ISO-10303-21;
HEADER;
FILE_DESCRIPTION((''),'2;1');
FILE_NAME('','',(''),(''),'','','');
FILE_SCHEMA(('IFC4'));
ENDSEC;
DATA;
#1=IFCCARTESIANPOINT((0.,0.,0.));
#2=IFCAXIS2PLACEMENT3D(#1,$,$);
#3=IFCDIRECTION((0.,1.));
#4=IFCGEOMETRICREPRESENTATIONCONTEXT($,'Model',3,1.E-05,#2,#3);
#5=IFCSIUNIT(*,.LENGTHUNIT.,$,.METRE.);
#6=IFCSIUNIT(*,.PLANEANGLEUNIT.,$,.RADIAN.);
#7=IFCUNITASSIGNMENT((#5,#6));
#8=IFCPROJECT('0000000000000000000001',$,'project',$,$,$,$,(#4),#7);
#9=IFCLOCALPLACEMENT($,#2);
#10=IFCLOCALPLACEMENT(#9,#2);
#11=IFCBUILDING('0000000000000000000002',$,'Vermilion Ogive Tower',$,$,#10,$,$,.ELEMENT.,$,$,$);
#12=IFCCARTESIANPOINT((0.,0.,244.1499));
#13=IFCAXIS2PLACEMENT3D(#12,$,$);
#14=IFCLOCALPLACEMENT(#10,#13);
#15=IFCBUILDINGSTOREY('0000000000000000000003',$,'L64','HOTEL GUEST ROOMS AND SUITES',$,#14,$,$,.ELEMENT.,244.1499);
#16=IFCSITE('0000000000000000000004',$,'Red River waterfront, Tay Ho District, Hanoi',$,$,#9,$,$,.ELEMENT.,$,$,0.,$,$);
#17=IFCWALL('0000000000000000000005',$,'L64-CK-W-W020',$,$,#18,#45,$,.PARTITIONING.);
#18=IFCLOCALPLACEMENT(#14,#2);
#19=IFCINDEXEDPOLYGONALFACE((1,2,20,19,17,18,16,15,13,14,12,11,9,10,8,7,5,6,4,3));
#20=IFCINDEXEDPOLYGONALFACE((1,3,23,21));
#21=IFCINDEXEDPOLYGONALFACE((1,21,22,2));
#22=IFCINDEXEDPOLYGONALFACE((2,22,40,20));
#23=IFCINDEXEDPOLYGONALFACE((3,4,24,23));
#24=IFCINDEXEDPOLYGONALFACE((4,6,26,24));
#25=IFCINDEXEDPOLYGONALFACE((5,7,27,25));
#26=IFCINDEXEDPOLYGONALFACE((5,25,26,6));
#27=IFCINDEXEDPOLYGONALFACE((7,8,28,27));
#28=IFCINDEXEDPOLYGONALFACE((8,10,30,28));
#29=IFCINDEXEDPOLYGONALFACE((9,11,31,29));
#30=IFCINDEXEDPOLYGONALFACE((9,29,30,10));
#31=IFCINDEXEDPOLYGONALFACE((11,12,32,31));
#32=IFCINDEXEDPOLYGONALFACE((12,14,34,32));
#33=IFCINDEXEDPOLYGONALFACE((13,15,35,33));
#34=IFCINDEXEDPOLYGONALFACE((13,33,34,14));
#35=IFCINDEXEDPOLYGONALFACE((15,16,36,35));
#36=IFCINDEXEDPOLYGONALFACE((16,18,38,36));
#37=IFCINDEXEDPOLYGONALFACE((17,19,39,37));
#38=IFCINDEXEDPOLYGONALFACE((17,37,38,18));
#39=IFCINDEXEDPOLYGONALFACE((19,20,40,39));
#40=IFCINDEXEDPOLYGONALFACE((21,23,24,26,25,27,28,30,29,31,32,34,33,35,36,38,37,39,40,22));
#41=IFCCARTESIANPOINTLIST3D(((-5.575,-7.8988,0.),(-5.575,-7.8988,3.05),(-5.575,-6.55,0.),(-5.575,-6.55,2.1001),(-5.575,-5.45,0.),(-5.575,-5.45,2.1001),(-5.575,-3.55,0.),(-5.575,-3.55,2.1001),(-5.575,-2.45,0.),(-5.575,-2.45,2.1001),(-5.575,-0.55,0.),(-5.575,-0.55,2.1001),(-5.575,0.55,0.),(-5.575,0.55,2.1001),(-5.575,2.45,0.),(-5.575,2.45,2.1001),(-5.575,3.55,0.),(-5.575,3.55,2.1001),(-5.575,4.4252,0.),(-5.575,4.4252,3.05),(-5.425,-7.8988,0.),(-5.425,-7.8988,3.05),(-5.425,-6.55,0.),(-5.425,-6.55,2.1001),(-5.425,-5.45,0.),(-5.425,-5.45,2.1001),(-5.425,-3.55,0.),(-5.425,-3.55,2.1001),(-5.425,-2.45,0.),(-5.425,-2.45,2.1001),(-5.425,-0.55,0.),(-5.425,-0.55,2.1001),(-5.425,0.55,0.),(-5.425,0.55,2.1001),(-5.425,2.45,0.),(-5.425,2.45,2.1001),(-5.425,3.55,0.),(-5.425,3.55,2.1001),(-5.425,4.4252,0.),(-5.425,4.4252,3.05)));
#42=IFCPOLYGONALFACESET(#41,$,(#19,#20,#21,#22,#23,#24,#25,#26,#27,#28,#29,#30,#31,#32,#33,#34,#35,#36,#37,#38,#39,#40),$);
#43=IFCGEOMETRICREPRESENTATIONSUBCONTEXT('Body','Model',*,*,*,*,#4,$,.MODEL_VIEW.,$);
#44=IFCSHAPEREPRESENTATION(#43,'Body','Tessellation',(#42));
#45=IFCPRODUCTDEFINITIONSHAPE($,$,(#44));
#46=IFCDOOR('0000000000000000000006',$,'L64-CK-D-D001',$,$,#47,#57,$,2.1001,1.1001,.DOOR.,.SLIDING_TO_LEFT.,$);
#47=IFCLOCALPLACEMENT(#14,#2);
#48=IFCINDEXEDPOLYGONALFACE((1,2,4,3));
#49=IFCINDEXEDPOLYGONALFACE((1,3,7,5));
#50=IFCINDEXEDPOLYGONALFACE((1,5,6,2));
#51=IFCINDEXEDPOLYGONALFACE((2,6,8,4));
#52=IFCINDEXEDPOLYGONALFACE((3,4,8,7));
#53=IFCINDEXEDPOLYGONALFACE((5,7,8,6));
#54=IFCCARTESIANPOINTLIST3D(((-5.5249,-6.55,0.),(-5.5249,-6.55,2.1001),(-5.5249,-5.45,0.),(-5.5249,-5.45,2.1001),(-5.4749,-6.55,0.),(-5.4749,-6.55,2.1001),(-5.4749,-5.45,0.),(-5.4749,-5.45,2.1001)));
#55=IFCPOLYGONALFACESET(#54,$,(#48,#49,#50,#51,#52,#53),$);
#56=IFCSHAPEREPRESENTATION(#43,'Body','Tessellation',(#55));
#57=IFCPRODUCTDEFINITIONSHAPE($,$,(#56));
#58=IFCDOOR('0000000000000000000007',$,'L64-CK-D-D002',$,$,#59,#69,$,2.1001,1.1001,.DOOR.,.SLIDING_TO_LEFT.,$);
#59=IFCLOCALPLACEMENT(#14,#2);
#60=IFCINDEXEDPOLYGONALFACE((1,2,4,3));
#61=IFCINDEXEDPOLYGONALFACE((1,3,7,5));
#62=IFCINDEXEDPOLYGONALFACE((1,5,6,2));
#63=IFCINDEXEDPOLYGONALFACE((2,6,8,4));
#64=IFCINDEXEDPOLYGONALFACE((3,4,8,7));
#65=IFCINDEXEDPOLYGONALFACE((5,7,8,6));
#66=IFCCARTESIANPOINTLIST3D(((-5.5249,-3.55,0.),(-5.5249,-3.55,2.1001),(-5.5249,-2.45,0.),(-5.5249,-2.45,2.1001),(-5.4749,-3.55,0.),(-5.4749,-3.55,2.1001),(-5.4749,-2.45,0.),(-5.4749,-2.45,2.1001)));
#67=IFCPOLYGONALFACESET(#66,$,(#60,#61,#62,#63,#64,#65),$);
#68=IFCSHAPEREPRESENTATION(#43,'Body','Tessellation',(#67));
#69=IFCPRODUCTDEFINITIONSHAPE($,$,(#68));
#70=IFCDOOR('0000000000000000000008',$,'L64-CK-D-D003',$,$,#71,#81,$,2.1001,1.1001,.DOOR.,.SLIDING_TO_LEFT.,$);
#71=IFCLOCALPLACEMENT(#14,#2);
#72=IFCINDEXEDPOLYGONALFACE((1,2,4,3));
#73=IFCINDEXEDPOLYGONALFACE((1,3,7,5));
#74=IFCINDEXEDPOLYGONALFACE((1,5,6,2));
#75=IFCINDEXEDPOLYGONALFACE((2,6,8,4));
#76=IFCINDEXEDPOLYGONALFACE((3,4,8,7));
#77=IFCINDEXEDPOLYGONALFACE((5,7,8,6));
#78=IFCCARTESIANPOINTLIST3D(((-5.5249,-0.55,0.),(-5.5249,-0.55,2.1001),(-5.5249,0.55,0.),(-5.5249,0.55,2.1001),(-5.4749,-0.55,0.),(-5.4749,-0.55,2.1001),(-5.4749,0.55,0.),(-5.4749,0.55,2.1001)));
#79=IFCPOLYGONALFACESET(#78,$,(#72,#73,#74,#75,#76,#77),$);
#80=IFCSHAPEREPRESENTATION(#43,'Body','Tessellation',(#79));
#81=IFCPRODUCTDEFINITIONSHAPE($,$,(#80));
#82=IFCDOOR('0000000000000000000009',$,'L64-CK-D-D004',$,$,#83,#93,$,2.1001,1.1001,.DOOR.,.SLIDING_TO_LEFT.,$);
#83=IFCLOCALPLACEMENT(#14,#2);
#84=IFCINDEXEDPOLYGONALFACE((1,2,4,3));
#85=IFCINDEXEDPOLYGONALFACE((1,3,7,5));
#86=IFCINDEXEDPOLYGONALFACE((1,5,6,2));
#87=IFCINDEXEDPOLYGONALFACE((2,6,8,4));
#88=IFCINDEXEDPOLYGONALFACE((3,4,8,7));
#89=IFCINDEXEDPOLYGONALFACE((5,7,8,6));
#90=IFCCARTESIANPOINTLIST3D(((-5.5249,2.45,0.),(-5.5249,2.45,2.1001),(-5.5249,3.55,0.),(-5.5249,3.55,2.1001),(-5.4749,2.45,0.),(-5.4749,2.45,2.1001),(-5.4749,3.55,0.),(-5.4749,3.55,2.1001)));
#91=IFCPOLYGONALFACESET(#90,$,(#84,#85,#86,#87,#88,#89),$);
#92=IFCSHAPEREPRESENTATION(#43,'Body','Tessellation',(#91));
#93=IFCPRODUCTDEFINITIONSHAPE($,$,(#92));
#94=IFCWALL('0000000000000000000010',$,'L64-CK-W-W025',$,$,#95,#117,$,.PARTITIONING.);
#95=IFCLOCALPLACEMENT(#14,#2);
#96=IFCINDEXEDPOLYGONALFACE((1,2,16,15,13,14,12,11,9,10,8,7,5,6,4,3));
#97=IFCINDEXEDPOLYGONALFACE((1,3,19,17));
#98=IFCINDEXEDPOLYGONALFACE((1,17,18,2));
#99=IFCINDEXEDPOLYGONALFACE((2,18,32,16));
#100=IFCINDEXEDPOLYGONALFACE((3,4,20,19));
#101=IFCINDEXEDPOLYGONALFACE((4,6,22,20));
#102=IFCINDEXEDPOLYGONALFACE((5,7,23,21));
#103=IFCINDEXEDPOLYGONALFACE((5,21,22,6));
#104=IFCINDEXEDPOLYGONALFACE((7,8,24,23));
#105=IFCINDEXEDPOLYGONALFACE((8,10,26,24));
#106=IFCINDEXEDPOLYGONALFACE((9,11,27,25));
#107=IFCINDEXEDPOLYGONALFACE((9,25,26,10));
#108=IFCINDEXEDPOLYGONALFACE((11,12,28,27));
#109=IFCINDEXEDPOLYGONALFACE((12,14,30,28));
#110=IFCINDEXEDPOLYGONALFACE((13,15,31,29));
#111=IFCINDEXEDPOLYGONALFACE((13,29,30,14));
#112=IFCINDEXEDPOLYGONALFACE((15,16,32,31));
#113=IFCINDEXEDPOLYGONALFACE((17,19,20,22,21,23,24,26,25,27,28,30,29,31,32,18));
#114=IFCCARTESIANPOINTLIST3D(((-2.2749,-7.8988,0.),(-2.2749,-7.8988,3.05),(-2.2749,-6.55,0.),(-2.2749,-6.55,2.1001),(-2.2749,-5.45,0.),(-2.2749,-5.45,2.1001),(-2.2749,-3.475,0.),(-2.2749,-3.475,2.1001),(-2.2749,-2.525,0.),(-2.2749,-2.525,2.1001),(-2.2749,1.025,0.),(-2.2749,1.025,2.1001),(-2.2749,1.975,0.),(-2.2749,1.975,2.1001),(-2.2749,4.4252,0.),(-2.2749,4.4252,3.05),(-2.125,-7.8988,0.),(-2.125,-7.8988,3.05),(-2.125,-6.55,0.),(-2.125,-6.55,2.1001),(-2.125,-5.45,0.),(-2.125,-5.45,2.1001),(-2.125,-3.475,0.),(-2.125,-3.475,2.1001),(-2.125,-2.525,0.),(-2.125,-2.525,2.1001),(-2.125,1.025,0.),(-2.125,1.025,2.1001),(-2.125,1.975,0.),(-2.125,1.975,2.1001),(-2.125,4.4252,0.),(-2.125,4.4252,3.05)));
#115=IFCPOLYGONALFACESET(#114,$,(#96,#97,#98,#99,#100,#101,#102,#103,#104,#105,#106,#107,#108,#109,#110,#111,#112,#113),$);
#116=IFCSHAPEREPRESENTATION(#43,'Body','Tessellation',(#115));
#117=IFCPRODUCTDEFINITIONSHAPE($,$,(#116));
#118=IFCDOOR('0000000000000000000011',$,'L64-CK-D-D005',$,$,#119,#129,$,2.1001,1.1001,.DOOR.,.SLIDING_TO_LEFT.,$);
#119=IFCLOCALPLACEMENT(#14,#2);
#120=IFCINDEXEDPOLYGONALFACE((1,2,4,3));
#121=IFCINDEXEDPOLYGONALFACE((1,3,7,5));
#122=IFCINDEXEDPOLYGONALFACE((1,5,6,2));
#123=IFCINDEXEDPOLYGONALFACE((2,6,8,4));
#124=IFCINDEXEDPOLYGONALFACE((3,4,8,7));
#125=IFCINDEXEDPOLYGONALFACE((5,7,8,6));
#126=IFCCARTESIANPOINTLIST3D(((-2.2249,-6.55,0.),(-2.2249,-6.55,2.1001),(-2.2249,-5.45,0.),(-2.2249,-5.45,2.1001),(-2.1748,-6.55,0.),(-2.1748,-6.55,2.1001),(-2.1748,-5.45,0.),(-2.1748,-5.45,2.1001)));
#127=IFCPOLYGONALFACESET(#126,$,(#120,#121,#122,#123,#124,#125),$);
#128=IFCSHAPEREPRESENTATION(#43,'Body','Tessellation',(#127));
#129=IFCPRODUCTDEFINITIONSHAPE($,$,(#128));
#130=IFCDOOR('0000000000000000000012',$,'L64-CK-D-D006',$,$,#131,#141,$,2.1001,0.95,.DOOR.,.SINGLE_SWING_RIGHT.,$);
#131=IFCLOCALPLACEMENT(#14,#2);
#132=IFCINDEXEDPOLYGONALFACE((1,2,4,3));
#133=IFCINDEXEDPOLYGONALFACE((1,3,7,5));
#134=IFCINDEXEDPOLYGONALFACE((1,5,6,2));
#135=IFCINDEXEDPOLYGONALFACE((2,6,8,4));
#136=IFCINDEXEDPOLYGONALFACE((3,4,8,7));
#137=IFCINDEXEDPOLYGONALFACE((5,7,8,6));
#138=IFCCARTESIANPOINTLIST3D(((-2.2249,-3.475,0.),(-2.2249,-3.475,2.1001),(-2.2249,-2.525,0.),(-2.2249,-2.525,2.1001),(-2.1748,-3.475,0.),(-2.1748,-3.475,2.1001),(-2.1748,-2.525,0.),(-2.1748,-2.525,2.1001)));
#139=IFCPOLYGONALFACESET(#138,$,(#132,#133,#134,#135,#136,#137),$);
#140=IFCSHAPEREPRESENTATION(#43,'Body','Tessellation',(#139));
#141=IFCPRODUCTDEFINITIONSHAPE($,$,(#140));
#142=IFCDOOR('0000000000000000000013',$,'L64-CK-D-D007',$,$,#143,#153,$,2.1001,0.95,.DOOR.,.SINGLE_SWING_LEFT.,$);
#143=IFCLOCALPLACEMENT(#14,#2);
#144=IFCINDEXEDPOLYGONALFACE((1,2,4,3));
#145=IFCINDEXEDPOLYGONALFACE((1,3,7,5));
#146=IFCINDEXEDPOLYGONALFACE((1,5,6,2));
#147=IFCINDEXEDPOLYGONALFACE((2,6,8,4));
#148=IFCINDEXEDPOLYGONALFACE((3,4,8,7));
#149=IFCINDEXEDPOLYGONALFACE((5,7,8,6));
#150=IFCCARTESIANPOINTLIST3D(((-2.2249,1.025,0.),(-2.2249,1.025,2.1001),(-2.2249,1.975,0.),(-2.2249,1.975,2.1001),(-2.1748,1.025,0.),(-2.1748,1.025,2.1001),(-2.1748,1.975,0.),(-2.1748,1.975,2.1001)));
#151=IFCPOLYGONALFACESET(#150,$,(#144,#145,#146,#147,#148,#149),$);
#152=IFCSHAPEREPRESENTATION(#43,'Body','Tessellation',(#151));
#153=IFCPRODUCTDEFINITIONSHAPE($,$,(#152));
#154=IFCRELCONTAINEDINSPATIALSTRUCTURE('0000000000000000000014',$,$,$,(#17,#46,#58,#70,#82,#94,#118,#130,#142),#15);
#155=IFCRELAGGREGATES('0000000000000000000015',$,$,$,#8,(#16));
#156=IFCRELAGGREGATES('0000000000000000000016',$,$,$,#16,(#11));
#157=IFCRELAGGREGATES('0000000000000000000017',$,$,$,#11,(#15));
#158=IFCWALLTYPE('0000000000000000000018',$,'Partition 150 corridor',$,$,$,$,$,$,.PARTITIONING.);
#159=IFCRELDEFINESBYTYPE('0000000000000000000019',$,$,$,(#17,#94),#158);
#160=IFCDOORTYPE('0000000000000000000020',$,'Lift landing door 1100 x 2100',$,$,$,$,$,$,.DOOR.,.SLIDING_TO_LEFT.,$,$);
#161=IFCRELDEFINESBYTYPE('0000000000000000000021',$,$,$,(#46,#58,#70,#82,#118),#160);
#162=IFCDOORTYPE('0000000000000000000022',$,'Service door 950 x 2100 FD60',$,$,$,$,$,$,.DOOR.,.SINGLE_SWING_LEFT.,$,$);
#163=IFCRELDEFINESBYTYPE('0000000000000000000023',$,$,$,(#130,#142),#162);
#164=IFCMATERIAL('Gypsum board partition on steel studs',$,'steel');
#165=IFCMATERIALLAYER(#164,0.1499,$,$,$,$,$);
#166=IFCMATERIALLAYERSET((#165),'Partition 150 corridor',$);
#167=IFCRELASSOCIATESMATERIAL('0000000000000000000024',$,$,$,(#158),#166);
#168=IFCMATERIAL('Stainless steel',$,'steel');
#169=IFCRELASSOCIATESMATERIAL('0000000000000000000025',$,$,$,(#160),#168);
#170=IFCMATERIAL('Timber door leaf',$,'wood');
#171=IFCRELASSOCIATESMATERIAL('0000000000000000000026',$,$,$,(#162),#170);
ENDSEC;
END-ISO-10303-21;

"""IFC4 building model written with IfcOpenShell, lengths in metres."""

from ifc_helpers import new_model, si_unit, direction, frame, frame_2d, origin, place, context, subcontext, project, spatial, rectangle, extrude, material, layer, layer_set, type_object, element, fill, save


model = new_model("IFC4")

# Units and contexts
model_context = context("Model", 3, precision=1e-05, world=origin(), true_north=direction((0.0, 1.0)))
body_context = subcontext(model_context, "Body", "Model", "MODEL_VIEW")
ifc_project = project(units=[si_unit("LENGTHUNIT", "METRE"), si_unit("PLANEANGLEUNIT", "RADIAN")], contexts=[model_context])

# Site, building, storey
site_placement = place(None, origin())
site = spatial("IfcSite", under=ifc_project, at=site_placement, Name="Red River waterfront, Tay Ho District, Hanoi", CompositionType="ELEMENT", RefElevation=0.0)
building_placement = place(site_placement, origin())
building = spatial("IfcBuilding", under=site, at=building_placement, Name="Vermilion Ogive Tower", CompositionType="ELEMENT")
storey_placement = place(building_placement, frame((0.0, 0.0, 244.1499)))
storey = spatial("IfcBuildingStorey", under=building, at=storey_placement, Name="L64", Description="HOTEL GUEST ROOMS AND SUITES", CompositionType="ELEMENT", Elevation=244.1499)

# Walls, openings, doors
ifc_material_1 = material(Name="Gypsum board partition on steel studs", Category="steel")
ifc_layer_1 = layer(ifc_material_1, 0.1499)
ifc_layer_set_1 = layer_set([ifc_layer_1], Name="Partition 150 corridor")
wall_type_1 = type_object("IfcWallType", Name="Partition 150 corridor", PredefinedType="PARTITIONING", material=ifc_layer_set_1)
wall_1_placement = place(storey_placement, frame((-5.5, -7.8989, 0.0), z_axis=(0.0, 0.0, 1.0), x_axis=(0.0, 1.0, 0.0)))
wall_1 = element("IfcWall", 1, at=wall_1_placement, inside=storey, type_object=wall_type_1, Name="L64-CK-W-W020", PredefinedType="PARTITIONING", context=body_context, shape_type="SweptSolid", body=[
    extrude(rectangle(XDim=12.324, YDim=0.1499, at=frame_2d((6.1621, 0.0))), origin(), (0.0, 0.0, 1.0), 3.05),
])
opening_1_placement = place(wall_1_placement, frame((1.3489, 0.0, 0.0)))
opening_1 = element("IfcOpeningElement", 2, at=opening_1_placement, cuts=wall_1, PredefinedType="OPENING", context=body_context, shape_type="SweptSolid", body=[
    extrude(rectangle(XDim=1.1001, YDim=2.1001, at=frame_2d((0.55, 1.05))), frame((0.0, 0.085, 0.0), z_axis=(0.0, -1.0, 0.0), x_axis=(1.0, 0.0, 0.0)), (0.0, 0.0, 1.0), 0.1699),
])
opening_2_placement = place(wall_1_placement, frame((4.3489, 0.0, 0.0)))
opening_2 = element("IfcOpeningElement", 3, at=opening_2_placement, cuts=wall_1, PredefinedType="OPENING", context=body_context, shape_type="SweptSolid", body=[
    extrude(rectangle(XDim=1.1001, YDim=2.1001, at=frame_2d((0.55, 1.05))), frame((0.0, 0.085, 0.0), z_axis=(0.0, -1.0, 0.0), x_axis=(1.0, 0.0, 0.0)), (0.0, 0.0, 1.0), 0.1699),
])
opening_3_placement = place(wall_1_placement, frame((7.3489, 0.0, 0.0)))
opening_3 = element("IfcOpeningElement", 4, at=opening_3_placement, cuts=wall_1, PredefinedType="OPENING", context=body_context, shape_type="SweptSolid", body=[
    extrude(rectangle(XDim=1.1001, YDim=2.1001, at=frame_2d((0.55, 1.05))), frame((0.0, 0.085, 0.0), z_axis=(0.0, -1.0, 0.0), x_axis=(1.0, 0.0, 0.0)), (0.0, 0.0, 1.0), 0.1699),
])
opening_4_placement = place(wall_1_placement, frame((10.3489, 0.0, 0.0)))
opening_4 = element("IfcOpeningElement", 5, at=opening_4_placement, cuts=wall_1, PredefinedType="OPENING", context=body_context, shape_type="SweptSolid", body=[
    extrude(rectangle(XDim=1.1001, YDim=2.1001, at=frame_2d((0.55, 1.05))), frame((0.0, 0.085, 0.0), z_axis=(0.0, -1.0, 0.0), x_axis=(1.0, 0.0, 0.0)), (0.0, 0.0, 1.0), 0.1699),
])
ifc_material_2 = material(Name="Stainless steel", Category="steel")
door_type_1 = type_object("IfcDoorType", Name="Lift landing door 1100 x 2100", OperationType="SLIDING_TO_LEFT", PredefinedType="DOOR", material=ifc_material_2)
door_1_placement = place(opening_1_placement, origin())
door_1 = element("IfcDoor", 6, at=door_1_placement, inside=storey, type_object=door_type_1, Name="L64-CK-D-D001", OperationType="SLIDING_TO_LEFT", OverallHeight=2.1001, OverallWidth=1.1001, PredefinedType="DOOR", context=body_context, shape_type="SweptSolid", body=[
    extrude(rectangle(XDim=1.1001, YDim=2.1001, at=frame_2d((0.55, 1.05))), frame((0.0, 0.0249, 0.0), z_axis=(0.0, -1.0, 0.0), x_axis=(1.0, 0.0, 0.0)), (0.0, 0.0, 1.0), 0.05),
])
fill(opening_1, door_1)
door_2_placement = place(opening_2_placement, origin())
door_2 = element("IfcDoor", 7, at=door_2_placement, inside=storey, type_object=door_type_1, Name="L64-CK-D-D002", OperationType="SLIDING_TO_LEFT", OverallHeight=2.1001, OverallWidth=1.1001, PredefinedType="DOOR", context=body_context, shape_type="SweptSolid", body=[
    extrude(rectangle(XDim=1.1001, YDim=2.1001, at=frame_2d((0.55, 1.05))), frame((0.0, 0.0249, 0.0), z_axis=(0.0, -1.0, 0.0), x_axis=(1.0, 0.0, 0.0)), (0.0, 0.0, 1.0), 0.05),
])
fill(opening_2, door_2)
door_3_placement = place(opening_3_placement, origin())
door_3 = element("IfcDoor", 8, at=door_3_placement, inside=storey, type_object=door_type_1, Name="L64-CK-D-D003", OperationType="SLIDING_TO_LEFT", OverallHeight=2.1001, OverallWidth=1.1001, PredefinedType="DOOR", context=body_context, shape_type="SweptSolid", body=[
    extrude(rectangle(XDim=1.1001, YDim=2.1001, at=frame_2d((0.55, 1.05))), frame((0.0, 0.0249, 0.0), z_axis=(0.0, -1.0, 0.0), x_axis=(1.0, 0.0, 0.0)), (0.0, 0.0, 1.0), 0.05),
])
fill(opening_3, door_3)
door_4_placement = place(opening_4_placement, origin())
door_4 = element("IfcDoor", 9, at=door_4_placement, inside=storey, type_object=door_type_1, Name="L64-CK-D-D004", OperationType="SLIDING_TO_LEFT", OverallHeight=2.1001, OverallWidth=1.1001, PredefinedType="DOOR", context=body_context, shape_type="SweptSolid", body=[
    extrude(rectangle(XDim=1.1001, YDim=2.1001, at=frame_2d((0.55, 1.05))), frame((0.0, 0.0249, 0.0), z_axis=(0.0, -1.0, 0.0), x_axis=(1.0, 0.0, 0.0)), (0.0, 0.0, 1.0), 0.05),
])
fill(opening_4, door_4)
wall_2_placement = place(storey_placement, frame((-2.2, -7.8989, 0.0), z_axis=(0.0, 0.0, 1.0), x_axis=(0.0, 1.0, 0.0)))
wall_2 = element("IfcWall", 10, at=wall_2_placement, inside=storey, type_object=wall_type_1, Name="L64-CK-W-W025", PredefinedType="PARTITIONING", context=body_context, shape_type="SweptSolid", body=[
    extrude(rectangle(XDim=12.324, YDim=0.1499, at=frame_2d((6.1621, 0.0))), origin(), (0.0, 0.0, 1.0), 3.05),
])
opening_5_placement = place(wall_2_placement, frame((1.3489, 0.0, 0.0)))
opening_5 = element("IfcOpeningElement", 11, at=opening_5_placement, cuts=wall_2, PredefinedType="OPENING", context=body_context, shape_type="SweptSolid", body=[
    extrude(rectangle(XDim=1.1001, YDim=2.1001, at=frame_2d((0.55, 1.05))), frame((0.0, 0.085, 0.0), z_axis=(0.0, -1.0, 0.0), x_axis=(1.0, 0.0, 0.0)), (0.0, 0.0, 1.0), 0.1699),
])
opening_6_placement = place(wall_2_placement, frame((4.4238, 0.0, 0.0)))
opening_6 = element("IfcOpeningElement", 12, at=opening_6_placement, cuts=wall_2, PredefinedType="OPENING", context=body_context, shape_type="SweptSolid", body=[
    extrude(rectangle(XDim=0.95, YDim=2.1001, at=frame_2d((0.4751, 1.05))), frame((0.0, 0.085, 0.0), z_axis=(0.0, -1.0, 0.0), x_axis=(1.0, 0.0, 0.0)), (0.0, 0.0, 1.0), 0.1699),
])
opening_7_placement = place(wall_2_placement, frame((8.9238, 0.0, 0.0)))
opening_7 = element("IfcOpeningElement", 13, at=opening_7_placement, cuts=wall_2, PredefinedType="OPENING", context=body_context, shape_type="SweptSolid", body=[
    extrude(rectangle(XDim=0.95, YDim=2.1001, at=frame_2d((0.4751, 1.05))), frame((0.0, 0.085, 0.0), z_axis=(0.0, -1.0, 0.0), x_axis=(1.0, 0.0, 0.0)), (0.0, 0.0, 1.0), 0.1699),
])
door_5_placement = place(opening_5_placement, origin())
door_5 = element("IfcDoor", 14, at=door_5_placement, inside=storey, type_object=door_type_1, Name="L64-CK-D-D005", OperationType="SLIDING_TO_LEFT", OverallHeight=2.1001, OverallWidth=1.1001, PredefinedType="DOOR", context=body_context, shape_type="SweptSolid", body=[
    extrude(rectangle(XDim=1.1001, YDim=2.1001, at=frame_2d((0.55, 1.05))), frame((0.0, 0.0249, 0.0), z_axis=(0.0, -1.0, 0.0), x_axis=(1.0, 0.0, 0.0)), (0.0, 0.0, 1.0), 0.05),
])
fill(opening_5, door_5)
ifc_material_3 = material(Name="Timber door leaf", Category="wood")
door_type_2 = type_object("IfcDoorType", Name="Service door 950 x 2100 FD60", OperationType="SINGLE_SWING_LEFT", PredefinedType="DOOR", material=ifc_material_3)
door_6_placement = place(opening_6_placement, origin())
door_6 = element("IfcDoor", 15, at=door_6_placement, inside=storey, type_object=door_type_2, Name="L64-CK-D-D006", OperationType="SINGLE_SWING_RIGHT", OverallHeight=2.1001, OverallWidth=0.95, PredefinedType="DOOR", context=body_context, shape_type="SweptSolid", body=[
    extrude(rectangle(XDim=0.95, YDim=2.1001, at=frame_2d((0.4751, 1.05))), frame((0.0, 0.0249, 0.0), z_axis=(0.0, -1.0, 0.0), x_axis=(1.0, 0.0, 0.0)), (0.0, 0.0, 1.0), 0.05),
])
fill(opening_6, door_6)
door_7_placement = place(opening_7_placement, origin())
door_7 = element("IfcDoor", 16, at=door_7_placement, inside=storey, type_object=door_type_2, Name="L64-CK-D-D007", OperationType="SINGLE_SWING_LEFT", OverallHeight=2.1001, OverallWidth=0.95, PredefinedType="DOOR", context=body_context, shape_type="SweptSolid", body=[
    extrude(rectangle(XDim=0.95, YDim=2.1001, at=frame_2d((0.4751, 1.05))), frame((0.0, 0.0249, 0.0), z_axis=(0.0, -1.0, 0.0), x_axis=(1.0, 0.0, 0.0)), (0.0, 0.0, 1.0), 0.05),
])
fill(opening_7, door_7)

save(model, "model.ifc")
